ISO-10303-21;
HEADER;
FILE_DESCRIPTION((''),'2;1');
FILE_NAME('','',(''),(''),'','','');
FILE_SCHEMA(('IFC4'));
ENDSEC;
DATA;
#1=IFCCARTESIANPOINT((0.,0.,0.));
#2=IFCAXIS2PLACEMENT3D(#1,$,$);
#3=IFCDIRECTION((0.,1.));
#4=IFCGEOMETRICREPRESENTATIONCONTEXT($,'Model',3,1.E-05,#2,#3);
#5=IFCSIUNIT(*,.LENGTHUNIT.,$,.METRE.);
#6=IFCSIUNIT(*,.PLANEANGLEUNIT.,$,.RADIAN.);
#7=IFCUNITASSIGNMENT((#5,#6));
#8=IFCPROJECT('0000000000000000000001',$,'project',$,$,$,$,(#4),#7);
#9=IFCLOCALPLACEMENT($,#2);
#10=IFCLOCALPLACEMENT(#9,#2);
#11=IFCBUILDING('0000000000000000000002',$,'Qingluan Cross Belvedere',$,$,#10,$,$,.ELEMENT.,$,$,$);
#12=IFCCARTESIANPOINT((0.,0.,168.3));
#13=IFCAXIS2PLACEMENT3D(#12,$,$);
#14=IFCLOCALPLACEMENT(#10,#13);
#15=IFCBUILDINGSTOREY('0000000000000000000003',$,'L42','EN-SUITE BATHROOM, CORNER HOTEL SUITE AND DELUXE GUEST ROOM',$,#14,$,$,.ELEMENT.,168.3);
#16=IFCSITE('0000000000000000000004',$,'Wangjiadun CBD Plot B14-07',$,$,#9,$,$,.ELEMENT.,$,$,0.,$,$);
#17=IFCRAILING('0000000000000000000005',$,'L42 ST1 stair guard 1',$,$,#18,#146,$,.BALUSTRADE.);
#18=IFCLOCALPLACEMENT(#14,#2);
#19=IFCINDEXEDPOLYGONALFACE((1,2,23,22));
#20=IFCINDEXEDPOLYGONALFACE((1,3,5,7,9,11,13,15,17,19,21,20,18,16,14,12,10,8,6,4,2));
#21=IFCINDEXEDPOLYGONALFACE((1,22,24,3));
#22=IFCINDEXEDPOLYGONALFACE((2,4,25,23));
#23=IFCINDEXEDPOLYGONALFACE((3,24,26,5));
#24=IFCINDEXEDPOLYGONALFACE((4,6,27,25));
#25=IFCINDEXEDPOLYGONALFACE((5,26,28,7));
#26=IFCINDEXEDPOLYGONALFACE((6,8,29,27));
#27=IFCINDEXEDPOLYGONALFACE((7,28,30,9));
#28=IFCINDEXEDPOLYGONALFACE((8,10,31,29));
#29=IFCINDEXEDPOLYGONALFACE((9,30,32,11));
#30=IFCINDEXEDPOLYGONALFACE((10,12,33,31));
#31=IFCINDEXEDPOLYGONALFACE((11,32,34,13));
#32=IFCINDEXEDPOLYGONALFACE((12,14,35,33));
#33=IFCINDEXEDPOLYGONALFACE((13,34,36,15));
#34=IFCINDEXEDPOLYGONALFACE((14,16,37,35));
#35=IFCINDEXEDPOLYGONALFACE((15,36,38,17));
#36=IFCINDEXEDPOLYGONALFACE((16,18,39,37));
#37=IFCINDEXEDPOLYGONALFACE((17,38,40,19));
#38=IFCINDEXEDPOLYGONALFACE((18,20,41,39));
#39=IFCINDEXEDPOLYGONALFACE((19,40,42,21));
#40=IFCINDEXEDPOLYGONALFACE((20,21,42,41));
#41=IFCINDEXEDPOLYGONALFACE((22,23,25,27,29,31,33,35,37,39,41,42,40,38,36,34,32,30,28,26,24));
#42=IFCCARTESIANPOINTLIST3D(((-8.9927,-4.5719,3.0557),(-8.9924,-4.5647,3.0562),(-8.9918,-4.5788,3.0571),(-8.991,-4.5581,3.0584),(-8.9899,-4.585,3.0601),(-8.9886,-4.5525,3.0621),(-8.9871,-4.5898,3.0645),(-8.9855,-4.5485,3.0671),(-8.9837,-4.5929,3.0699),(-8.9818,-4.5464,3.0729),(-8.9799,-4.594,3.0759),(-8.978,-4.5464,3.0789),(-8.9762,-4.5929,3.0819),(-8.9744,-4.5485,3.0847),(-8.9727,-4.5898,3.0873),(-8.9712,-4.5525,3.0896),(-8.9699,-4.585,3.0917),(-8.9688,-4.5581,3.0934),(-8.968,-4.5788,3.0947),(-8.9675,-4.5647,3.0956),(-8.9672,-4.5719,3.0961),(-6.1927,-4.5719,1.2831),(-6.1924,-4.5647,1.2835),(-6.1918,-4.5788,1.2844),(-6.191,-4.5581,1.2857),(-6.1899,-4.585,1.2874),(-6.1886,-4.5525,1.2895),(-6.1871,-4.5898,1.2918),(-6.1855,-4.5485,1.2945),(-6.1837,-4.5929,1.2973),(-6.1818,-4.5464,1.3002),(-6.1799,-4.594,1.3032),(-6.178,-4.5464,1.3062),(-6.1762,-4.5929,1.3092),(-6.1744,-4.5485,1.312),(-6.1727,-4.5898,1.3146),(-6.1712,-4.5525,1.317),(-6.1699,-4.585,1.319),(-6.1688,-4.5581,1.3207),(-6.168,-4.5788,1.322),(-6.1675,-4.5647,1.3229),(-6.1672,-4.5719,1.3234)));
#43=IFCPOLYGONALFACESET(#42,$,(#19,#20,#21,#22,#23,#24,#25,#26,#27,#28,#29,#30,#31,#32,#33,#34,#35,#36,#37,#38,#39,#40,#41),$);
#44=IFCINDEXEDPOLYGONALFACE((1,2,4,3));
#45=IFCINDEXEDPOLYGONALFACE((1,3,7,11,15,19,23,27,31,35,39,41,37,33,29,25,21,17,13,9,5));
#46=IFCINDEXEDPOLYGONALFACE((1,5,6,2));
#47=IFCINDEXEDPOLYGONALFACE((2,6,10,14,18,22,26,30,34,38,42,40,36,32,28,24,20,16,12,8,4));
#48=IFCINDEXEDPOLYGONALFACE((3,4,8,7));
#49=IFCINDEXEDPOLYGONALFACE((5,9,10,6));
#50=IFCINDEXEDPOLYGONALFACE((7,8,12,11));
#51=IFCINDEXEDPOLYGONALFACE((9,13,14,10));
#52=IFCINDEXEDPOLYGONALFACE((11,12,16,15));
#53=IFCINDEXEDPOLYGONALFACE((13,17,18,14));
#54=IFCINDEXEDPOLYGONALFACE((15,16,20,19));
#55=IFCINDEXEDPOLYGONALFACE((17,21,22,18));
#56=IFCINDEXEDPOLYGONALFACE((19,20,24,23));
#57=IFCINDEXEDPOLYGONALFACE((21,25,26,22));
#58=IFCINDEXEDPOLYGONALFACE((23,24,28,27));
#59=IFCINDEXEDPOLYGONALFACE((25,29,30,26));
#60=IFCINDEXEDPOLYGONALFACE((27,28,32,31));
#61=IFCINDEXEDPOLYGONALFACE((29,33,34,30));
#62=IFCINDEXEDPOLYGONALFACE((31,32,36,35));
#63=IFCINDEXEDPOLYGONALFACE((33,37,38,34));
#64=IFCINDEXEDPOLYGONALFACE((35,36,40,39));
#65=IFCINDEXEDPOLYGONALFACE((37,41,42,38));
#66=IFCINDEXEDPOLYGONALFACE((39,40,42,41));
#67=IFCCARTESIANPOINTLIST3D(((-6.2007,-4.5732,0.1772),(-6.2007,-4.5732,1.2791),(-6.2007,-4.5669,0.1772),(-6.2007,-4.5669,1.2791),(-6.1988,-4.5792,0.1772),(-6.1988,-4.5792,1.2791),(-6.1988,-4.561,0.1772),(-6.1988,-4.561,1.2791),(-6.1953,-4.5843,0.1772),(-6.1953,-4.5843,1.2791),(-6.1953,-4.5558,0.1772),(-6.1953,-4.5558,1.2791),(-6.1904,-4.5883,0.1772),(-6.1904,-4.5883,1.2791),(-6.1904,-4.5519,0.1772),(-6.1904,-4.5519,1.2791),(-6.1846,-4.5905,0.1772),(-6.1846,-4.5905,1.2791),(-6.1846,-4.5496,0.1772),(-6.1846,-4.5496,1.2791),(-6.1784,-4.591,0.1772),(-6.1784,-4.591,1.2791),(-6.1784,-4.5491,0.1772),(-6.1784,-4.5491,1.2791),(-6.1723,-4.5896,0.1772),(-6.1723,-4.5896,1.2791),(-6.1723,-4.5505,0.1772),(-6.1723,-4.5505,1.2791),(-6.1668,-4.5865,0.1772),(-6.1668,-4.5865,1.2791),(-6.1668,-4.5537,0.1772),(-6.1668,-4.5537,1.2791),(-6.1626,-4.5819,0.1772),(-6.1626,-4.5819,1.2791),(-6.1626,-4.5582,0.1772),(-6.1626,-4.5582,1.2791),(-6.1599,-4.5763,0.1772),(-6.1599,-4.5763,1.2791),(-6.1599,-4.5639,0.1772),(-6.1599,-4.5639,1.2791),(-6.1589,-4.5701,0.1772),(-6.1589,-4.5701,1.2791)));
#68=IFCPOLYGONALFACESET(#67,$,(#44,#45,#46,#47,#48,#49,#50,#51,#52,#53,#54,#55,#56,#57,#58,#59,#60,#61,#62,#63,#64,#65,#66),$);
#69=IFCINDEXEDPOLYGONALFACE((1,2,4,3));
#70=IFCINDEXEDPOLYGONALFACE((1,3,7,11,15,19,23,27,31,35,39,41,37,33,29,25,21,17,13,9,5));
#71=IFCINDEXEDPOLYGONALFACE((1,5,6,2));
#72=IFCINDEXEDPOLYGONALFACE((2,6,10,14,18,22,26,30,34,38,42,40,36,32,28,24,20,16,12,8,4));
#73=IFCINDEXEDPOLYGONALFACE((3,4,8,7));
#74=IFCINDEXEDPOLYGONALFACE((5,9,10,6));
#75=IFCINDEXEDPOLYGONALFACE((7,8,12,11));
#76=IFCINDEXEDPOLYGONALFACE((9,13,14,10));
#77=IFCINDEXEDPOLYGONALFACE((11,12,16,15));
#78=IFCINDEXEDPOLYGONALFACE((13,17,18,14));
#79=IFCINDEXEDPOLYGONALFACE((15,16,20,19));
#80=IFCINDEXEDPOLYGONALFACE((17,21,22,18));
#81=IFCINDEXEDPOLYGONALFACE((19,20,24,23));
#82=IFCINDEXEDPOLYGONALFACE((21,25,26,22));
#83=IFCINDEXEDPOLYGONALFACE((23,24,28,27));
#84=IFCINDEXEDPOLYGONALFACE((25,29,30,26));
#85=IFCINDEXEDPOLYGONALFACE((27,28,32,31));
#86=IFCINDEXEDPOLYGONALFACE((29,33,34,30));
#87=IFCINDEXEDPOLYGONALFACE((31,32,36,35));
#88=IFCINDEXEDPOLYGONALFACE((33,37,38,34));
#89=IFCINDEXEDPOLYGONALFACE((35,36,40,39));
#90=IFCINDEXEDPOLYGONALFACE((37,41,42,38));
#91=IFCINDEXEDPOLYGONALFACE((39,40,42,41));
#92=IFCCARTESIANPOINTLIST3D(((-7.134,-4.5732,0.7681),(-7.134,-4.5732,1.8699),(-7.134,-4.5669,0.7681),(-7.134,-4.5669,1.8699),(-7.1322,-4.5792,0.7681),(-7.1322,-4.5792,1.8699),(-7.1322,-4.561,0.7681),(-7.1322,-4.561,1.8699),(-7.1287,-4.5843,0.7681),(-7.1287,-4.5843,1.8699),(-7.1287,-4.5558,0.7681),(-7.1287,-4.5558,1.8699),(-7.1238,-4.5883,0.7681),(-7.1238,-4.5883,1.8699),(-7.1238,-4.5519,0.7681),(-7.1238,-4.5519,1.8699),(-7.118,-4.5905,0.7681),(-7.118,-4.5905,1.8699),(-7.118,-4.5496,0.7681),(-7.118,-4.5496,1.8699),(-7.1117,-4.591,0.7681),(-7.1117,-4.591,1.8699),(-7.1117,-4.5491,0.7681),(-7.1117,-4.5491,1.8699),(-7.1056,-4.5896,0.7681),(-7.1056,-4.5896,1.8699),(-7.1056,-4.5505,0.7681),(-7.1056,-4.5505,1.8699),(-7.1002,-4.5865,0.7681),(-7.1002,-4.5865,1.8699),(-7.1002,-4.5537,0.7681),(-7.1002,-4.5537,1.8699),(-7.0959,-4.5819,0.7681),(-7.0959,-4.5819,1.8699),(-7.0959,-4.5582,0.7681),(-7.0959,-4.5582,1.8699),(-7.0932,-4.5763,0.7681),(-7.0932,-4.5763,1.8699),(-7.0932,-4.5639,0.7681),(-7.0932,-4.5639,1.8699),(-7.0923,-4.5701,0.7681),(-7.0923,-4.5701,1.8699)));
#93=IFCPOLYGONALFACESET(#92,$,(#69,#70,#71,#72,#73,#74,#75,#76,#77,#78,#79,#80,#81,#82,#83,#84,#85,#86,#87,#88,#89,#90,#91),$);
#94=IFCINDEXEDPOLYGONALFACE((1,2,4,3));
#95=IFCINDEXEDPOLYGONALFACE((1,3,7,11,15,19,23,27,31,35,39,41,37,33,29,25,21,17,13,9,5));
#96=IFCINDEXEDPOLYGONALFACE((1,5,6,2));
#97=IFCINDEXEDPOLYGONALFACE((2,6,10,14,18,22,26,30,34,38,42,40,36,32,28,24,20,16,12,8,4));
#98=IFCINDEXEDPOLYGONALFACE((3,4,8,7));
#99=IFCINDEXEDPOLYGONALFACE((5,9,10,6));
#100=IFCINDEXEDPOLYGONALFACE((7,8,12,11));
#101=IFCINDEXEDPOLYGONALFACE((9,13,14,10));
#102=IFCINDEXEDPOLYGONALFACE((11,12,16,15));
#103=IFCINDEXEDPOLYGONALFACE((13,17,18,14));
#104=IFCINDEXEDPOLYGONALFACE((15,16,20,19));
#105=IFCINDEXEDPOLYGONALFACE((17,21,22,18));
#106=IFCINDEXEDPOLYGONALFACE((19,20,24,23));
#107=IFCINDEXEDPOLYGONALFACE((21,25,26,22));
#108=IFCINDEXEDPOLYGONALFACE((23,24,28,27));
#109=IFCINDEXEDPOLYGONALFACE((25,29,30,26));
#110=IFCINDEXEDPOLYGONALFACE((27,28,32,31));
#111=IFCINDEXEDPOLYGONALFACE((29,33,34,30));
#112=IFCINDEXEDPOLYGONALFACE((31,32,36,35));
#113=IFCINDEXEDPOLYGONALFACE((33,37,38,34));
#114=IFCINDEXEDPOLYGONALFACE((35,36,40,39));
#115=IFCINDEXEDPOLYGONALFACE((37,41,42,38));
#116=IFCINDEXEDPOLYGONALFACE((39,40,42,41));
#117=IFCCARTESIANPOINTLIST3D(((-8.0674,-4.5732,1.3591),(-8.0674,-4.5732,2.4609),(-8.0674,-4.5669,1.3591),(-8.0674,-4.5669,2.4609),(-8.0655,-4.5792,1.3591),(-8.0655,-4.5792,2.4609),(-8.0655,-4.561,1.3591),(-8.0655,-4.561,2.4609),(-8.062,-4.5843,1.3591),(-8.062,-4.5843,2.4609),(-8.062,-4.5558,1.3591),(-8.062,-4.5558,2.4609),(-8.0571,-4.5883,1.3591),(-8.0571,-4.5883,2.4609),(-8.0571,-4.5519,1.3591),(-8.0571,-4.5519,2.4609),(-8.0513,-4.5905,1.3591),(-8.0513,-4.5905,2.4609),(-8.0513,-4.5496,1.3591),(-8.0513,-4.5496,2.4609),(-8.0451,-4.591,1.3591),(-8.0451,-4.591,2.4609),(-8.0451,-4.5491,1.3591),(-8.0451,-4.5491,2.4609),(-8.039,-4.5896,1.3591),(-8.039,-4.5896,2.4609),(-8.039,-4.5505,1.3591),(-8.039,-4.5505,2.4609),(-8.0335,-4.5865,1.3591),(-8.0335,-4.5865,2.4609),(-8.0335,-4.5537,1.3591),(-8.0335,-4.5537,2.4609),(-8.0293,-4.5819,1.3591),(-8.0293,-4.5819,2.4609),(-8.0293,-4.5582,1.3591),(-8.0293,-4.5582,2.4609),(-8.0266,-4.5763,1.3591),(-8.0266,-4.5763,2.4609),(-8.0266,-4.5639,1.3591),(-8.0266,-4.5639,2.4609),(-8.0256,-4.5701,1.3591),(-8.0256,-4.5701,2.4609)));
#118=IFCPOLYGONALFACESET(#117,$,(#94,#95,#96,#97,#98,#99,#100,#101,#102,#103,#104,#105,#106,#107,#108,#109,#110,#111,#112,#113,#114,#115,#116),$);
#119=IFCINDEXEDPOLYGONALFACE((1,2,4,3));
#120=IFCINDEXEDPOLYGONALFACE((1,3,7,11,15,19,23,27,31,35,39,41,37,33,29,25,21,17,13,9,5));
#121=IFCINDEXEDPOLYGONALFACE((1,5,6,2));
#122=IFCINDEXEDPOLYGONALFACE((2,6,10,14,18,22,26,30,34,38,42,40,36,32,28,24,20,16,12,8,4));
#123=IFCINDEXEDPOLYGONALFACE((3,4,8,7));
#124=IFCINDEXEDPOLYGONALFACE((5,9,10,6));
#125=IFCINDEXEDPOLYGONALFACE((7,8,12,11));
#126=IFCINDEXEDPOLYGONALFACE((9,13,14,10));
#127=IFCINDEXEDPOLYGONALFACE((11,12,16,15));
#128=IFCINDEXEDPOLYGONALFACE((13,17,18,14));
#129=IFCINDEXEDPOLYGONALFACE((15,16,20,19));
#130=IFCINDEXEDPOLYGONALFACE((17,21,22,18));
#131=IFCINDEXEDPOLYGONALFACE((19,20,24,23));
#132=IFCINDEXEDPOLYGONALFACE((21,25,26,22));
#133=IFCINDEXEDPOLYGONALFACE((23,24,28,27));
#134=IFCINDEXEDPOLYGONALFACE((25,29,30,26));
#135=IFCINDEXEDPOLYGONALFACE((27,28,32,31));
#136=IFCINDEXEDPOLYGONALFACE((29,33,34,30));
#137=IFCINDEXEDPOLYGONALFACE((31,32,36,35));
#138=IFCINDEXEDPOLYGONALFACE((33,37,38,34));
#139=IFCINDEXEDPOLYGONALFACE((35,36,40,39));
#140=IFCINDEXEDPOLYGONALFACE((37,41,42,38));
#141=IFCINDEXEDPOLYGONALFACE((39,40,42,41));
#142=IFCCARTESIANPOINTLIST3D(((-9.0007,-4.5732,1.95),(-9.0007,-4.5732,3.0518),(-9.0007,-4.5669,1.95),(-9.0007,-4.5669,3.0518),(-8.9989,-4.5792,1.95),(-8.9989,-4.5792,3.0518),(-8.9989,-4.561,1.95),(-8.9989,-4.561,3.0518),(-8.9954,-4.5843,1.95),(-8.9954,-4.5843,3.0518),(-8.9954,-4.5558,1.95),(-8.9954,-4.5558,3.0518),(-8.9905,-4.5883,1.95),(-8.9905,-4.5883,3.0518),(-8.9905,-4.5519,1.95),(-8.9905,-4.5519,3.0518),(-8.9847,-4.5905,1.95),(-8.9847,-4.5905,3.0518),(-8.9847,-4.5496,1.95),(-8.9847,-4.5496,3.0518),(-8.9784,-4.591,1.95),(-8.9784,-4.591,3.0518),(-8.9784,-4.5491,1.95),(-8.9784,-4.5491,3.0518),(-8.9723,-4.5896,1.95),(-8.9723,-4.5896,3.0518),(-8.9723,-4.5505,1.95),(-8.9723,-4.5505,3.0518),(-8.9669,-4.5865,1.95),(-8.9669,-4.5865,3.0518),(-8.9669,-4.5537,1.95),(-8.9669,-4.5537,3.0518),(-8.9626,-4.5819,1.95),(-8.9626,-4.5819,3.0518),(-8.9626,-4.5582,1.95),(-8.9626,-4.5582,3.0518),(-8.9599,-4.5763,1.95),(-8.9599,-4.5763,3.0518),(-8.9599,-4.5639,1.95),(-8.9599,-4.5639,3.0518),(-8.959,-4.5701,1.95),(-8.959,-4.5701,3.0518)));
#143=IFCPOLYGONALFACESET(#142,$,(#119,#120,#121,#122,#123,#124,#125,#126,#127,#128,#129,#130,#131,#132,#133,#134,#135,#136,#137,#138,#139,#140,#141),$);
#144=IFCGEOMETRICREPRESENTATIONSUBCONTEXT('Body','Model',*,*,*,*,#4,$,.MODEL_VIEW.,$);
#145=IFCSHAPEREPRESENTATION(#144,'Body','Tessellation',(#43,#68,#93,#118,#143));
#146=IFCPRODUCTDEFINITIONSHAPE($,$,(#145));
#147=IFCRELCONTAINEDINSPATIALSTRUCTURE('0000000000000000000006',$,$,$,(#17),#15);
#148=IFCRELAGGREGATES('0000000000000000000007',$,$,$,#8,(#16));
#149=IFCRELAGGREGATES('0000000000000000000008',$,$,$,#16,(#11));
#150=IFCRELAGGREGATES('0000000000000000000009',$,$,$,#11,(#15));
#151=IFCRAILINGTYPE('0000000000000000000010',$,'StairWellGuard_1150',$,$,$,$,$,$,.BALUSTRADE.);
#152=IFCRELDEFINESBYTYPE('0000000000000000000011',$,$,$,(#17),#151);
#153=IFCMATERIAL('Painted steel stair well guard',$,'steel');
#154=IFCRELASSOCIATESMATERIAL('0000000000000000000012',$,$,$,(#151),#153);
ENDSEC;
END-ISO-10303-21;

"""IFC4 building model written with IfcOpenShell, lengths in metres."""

from ifc_helpers import new_model, si_unit, direction, frame, origin, origin_2d, place, context, subcontext, project, spatial, circle, extrude, material, type_object, element, save


model = new_model("IFC4")

# Units and contexts
model_context = context("Model", 3, precision=1e-05, world=origin(), true_north=direction((0.0, 1.0)))
body_context = subcontext(model_context, "Body", "Model", "MODEL_VIEW")
ifc_project = project(units=[si_unit("LENGTHUNIT", "METRE"), si_unit("PLANEANGLEUNIT", "RADIAN")], contexts=[model_context])

# Site, building, storey
site_placement = place(None, origin())
site = spatial("IfcSite", under=ifc_project, at=site_placement, Name="Wangjiadun CBD Plot B14-07", CompositionType="ELEMENT", RefElevation=0.0)
building_placement = place(site_placement, origin())
building = spatial("IfcBuilding", under=site, at=building_placement, Name="Qingluan Cross Belvedere", CompositionType="ELEMENT")
storey_placement = place(building_placement, frame((0.0, 0.0, 168.3)))
storey = spatial("IfcBuildingStorey", under=building, at=storey_placement, Name="L42", Description="EN-SUITE BATHROOM, CORNER HOTEL SUITE AND DELUXE GUEST ROOM", CompositionType="ELEMENT", Elevation=168.3)

# Railing
ifc_material_1 = material(Name="Painted steel stair well guard", Category="steel")
railing_type_1 = type_object("IfcRailingType", Name="StairWellGuard_1150", PredefinedType="BALUSTRADE", material=ifc_material_1)
railing_1_placement = place(storey_placement, frame((-6.1799, -4.5701, 0.1772)))
element("IfcRailing", 1, at=railing_1_placement, inside=storey, type_object=railing_type_1, Name="L42 ST1 stair guard 1", PredefinedType="BALUSTRADE", context=body_context, shape_type="SweptSolid", body=[
    extrude(circle(Radius=0.0239, at=origin_2d()), frame((0.0, 0.0, 1.126), z_axis=(-0.844909, 0.0, 0.53491), x_axis=(0.0, -1.0, 0.0)), (0.0, 0.0, 1.0), 3.314),
    extrude(circle(Radius=0.021, at=origin_2d()), origin(), (0.0, 0.0, 1.0), 1.1018),
    extrude(circle(Radius=0.021, at=origin_2d()), frame((-0.9333, 0.0, 0.5908)), (0.0, 0.0, 1.0), 1.1018),
    extrude(circle(Radius=0.021, at=origin_2d()), frame((-1.8667, 0.0, 1.1819)), (0.0, 0.0, 1.0), 1.1018),
    extrude(circle(Radius=0.021, at=origin_2d()), frame((-2.8, 0.0, 1.7727)), (0.0, 0.0, 1.0), 1.1018),
])

save(model, "model.ifc")
